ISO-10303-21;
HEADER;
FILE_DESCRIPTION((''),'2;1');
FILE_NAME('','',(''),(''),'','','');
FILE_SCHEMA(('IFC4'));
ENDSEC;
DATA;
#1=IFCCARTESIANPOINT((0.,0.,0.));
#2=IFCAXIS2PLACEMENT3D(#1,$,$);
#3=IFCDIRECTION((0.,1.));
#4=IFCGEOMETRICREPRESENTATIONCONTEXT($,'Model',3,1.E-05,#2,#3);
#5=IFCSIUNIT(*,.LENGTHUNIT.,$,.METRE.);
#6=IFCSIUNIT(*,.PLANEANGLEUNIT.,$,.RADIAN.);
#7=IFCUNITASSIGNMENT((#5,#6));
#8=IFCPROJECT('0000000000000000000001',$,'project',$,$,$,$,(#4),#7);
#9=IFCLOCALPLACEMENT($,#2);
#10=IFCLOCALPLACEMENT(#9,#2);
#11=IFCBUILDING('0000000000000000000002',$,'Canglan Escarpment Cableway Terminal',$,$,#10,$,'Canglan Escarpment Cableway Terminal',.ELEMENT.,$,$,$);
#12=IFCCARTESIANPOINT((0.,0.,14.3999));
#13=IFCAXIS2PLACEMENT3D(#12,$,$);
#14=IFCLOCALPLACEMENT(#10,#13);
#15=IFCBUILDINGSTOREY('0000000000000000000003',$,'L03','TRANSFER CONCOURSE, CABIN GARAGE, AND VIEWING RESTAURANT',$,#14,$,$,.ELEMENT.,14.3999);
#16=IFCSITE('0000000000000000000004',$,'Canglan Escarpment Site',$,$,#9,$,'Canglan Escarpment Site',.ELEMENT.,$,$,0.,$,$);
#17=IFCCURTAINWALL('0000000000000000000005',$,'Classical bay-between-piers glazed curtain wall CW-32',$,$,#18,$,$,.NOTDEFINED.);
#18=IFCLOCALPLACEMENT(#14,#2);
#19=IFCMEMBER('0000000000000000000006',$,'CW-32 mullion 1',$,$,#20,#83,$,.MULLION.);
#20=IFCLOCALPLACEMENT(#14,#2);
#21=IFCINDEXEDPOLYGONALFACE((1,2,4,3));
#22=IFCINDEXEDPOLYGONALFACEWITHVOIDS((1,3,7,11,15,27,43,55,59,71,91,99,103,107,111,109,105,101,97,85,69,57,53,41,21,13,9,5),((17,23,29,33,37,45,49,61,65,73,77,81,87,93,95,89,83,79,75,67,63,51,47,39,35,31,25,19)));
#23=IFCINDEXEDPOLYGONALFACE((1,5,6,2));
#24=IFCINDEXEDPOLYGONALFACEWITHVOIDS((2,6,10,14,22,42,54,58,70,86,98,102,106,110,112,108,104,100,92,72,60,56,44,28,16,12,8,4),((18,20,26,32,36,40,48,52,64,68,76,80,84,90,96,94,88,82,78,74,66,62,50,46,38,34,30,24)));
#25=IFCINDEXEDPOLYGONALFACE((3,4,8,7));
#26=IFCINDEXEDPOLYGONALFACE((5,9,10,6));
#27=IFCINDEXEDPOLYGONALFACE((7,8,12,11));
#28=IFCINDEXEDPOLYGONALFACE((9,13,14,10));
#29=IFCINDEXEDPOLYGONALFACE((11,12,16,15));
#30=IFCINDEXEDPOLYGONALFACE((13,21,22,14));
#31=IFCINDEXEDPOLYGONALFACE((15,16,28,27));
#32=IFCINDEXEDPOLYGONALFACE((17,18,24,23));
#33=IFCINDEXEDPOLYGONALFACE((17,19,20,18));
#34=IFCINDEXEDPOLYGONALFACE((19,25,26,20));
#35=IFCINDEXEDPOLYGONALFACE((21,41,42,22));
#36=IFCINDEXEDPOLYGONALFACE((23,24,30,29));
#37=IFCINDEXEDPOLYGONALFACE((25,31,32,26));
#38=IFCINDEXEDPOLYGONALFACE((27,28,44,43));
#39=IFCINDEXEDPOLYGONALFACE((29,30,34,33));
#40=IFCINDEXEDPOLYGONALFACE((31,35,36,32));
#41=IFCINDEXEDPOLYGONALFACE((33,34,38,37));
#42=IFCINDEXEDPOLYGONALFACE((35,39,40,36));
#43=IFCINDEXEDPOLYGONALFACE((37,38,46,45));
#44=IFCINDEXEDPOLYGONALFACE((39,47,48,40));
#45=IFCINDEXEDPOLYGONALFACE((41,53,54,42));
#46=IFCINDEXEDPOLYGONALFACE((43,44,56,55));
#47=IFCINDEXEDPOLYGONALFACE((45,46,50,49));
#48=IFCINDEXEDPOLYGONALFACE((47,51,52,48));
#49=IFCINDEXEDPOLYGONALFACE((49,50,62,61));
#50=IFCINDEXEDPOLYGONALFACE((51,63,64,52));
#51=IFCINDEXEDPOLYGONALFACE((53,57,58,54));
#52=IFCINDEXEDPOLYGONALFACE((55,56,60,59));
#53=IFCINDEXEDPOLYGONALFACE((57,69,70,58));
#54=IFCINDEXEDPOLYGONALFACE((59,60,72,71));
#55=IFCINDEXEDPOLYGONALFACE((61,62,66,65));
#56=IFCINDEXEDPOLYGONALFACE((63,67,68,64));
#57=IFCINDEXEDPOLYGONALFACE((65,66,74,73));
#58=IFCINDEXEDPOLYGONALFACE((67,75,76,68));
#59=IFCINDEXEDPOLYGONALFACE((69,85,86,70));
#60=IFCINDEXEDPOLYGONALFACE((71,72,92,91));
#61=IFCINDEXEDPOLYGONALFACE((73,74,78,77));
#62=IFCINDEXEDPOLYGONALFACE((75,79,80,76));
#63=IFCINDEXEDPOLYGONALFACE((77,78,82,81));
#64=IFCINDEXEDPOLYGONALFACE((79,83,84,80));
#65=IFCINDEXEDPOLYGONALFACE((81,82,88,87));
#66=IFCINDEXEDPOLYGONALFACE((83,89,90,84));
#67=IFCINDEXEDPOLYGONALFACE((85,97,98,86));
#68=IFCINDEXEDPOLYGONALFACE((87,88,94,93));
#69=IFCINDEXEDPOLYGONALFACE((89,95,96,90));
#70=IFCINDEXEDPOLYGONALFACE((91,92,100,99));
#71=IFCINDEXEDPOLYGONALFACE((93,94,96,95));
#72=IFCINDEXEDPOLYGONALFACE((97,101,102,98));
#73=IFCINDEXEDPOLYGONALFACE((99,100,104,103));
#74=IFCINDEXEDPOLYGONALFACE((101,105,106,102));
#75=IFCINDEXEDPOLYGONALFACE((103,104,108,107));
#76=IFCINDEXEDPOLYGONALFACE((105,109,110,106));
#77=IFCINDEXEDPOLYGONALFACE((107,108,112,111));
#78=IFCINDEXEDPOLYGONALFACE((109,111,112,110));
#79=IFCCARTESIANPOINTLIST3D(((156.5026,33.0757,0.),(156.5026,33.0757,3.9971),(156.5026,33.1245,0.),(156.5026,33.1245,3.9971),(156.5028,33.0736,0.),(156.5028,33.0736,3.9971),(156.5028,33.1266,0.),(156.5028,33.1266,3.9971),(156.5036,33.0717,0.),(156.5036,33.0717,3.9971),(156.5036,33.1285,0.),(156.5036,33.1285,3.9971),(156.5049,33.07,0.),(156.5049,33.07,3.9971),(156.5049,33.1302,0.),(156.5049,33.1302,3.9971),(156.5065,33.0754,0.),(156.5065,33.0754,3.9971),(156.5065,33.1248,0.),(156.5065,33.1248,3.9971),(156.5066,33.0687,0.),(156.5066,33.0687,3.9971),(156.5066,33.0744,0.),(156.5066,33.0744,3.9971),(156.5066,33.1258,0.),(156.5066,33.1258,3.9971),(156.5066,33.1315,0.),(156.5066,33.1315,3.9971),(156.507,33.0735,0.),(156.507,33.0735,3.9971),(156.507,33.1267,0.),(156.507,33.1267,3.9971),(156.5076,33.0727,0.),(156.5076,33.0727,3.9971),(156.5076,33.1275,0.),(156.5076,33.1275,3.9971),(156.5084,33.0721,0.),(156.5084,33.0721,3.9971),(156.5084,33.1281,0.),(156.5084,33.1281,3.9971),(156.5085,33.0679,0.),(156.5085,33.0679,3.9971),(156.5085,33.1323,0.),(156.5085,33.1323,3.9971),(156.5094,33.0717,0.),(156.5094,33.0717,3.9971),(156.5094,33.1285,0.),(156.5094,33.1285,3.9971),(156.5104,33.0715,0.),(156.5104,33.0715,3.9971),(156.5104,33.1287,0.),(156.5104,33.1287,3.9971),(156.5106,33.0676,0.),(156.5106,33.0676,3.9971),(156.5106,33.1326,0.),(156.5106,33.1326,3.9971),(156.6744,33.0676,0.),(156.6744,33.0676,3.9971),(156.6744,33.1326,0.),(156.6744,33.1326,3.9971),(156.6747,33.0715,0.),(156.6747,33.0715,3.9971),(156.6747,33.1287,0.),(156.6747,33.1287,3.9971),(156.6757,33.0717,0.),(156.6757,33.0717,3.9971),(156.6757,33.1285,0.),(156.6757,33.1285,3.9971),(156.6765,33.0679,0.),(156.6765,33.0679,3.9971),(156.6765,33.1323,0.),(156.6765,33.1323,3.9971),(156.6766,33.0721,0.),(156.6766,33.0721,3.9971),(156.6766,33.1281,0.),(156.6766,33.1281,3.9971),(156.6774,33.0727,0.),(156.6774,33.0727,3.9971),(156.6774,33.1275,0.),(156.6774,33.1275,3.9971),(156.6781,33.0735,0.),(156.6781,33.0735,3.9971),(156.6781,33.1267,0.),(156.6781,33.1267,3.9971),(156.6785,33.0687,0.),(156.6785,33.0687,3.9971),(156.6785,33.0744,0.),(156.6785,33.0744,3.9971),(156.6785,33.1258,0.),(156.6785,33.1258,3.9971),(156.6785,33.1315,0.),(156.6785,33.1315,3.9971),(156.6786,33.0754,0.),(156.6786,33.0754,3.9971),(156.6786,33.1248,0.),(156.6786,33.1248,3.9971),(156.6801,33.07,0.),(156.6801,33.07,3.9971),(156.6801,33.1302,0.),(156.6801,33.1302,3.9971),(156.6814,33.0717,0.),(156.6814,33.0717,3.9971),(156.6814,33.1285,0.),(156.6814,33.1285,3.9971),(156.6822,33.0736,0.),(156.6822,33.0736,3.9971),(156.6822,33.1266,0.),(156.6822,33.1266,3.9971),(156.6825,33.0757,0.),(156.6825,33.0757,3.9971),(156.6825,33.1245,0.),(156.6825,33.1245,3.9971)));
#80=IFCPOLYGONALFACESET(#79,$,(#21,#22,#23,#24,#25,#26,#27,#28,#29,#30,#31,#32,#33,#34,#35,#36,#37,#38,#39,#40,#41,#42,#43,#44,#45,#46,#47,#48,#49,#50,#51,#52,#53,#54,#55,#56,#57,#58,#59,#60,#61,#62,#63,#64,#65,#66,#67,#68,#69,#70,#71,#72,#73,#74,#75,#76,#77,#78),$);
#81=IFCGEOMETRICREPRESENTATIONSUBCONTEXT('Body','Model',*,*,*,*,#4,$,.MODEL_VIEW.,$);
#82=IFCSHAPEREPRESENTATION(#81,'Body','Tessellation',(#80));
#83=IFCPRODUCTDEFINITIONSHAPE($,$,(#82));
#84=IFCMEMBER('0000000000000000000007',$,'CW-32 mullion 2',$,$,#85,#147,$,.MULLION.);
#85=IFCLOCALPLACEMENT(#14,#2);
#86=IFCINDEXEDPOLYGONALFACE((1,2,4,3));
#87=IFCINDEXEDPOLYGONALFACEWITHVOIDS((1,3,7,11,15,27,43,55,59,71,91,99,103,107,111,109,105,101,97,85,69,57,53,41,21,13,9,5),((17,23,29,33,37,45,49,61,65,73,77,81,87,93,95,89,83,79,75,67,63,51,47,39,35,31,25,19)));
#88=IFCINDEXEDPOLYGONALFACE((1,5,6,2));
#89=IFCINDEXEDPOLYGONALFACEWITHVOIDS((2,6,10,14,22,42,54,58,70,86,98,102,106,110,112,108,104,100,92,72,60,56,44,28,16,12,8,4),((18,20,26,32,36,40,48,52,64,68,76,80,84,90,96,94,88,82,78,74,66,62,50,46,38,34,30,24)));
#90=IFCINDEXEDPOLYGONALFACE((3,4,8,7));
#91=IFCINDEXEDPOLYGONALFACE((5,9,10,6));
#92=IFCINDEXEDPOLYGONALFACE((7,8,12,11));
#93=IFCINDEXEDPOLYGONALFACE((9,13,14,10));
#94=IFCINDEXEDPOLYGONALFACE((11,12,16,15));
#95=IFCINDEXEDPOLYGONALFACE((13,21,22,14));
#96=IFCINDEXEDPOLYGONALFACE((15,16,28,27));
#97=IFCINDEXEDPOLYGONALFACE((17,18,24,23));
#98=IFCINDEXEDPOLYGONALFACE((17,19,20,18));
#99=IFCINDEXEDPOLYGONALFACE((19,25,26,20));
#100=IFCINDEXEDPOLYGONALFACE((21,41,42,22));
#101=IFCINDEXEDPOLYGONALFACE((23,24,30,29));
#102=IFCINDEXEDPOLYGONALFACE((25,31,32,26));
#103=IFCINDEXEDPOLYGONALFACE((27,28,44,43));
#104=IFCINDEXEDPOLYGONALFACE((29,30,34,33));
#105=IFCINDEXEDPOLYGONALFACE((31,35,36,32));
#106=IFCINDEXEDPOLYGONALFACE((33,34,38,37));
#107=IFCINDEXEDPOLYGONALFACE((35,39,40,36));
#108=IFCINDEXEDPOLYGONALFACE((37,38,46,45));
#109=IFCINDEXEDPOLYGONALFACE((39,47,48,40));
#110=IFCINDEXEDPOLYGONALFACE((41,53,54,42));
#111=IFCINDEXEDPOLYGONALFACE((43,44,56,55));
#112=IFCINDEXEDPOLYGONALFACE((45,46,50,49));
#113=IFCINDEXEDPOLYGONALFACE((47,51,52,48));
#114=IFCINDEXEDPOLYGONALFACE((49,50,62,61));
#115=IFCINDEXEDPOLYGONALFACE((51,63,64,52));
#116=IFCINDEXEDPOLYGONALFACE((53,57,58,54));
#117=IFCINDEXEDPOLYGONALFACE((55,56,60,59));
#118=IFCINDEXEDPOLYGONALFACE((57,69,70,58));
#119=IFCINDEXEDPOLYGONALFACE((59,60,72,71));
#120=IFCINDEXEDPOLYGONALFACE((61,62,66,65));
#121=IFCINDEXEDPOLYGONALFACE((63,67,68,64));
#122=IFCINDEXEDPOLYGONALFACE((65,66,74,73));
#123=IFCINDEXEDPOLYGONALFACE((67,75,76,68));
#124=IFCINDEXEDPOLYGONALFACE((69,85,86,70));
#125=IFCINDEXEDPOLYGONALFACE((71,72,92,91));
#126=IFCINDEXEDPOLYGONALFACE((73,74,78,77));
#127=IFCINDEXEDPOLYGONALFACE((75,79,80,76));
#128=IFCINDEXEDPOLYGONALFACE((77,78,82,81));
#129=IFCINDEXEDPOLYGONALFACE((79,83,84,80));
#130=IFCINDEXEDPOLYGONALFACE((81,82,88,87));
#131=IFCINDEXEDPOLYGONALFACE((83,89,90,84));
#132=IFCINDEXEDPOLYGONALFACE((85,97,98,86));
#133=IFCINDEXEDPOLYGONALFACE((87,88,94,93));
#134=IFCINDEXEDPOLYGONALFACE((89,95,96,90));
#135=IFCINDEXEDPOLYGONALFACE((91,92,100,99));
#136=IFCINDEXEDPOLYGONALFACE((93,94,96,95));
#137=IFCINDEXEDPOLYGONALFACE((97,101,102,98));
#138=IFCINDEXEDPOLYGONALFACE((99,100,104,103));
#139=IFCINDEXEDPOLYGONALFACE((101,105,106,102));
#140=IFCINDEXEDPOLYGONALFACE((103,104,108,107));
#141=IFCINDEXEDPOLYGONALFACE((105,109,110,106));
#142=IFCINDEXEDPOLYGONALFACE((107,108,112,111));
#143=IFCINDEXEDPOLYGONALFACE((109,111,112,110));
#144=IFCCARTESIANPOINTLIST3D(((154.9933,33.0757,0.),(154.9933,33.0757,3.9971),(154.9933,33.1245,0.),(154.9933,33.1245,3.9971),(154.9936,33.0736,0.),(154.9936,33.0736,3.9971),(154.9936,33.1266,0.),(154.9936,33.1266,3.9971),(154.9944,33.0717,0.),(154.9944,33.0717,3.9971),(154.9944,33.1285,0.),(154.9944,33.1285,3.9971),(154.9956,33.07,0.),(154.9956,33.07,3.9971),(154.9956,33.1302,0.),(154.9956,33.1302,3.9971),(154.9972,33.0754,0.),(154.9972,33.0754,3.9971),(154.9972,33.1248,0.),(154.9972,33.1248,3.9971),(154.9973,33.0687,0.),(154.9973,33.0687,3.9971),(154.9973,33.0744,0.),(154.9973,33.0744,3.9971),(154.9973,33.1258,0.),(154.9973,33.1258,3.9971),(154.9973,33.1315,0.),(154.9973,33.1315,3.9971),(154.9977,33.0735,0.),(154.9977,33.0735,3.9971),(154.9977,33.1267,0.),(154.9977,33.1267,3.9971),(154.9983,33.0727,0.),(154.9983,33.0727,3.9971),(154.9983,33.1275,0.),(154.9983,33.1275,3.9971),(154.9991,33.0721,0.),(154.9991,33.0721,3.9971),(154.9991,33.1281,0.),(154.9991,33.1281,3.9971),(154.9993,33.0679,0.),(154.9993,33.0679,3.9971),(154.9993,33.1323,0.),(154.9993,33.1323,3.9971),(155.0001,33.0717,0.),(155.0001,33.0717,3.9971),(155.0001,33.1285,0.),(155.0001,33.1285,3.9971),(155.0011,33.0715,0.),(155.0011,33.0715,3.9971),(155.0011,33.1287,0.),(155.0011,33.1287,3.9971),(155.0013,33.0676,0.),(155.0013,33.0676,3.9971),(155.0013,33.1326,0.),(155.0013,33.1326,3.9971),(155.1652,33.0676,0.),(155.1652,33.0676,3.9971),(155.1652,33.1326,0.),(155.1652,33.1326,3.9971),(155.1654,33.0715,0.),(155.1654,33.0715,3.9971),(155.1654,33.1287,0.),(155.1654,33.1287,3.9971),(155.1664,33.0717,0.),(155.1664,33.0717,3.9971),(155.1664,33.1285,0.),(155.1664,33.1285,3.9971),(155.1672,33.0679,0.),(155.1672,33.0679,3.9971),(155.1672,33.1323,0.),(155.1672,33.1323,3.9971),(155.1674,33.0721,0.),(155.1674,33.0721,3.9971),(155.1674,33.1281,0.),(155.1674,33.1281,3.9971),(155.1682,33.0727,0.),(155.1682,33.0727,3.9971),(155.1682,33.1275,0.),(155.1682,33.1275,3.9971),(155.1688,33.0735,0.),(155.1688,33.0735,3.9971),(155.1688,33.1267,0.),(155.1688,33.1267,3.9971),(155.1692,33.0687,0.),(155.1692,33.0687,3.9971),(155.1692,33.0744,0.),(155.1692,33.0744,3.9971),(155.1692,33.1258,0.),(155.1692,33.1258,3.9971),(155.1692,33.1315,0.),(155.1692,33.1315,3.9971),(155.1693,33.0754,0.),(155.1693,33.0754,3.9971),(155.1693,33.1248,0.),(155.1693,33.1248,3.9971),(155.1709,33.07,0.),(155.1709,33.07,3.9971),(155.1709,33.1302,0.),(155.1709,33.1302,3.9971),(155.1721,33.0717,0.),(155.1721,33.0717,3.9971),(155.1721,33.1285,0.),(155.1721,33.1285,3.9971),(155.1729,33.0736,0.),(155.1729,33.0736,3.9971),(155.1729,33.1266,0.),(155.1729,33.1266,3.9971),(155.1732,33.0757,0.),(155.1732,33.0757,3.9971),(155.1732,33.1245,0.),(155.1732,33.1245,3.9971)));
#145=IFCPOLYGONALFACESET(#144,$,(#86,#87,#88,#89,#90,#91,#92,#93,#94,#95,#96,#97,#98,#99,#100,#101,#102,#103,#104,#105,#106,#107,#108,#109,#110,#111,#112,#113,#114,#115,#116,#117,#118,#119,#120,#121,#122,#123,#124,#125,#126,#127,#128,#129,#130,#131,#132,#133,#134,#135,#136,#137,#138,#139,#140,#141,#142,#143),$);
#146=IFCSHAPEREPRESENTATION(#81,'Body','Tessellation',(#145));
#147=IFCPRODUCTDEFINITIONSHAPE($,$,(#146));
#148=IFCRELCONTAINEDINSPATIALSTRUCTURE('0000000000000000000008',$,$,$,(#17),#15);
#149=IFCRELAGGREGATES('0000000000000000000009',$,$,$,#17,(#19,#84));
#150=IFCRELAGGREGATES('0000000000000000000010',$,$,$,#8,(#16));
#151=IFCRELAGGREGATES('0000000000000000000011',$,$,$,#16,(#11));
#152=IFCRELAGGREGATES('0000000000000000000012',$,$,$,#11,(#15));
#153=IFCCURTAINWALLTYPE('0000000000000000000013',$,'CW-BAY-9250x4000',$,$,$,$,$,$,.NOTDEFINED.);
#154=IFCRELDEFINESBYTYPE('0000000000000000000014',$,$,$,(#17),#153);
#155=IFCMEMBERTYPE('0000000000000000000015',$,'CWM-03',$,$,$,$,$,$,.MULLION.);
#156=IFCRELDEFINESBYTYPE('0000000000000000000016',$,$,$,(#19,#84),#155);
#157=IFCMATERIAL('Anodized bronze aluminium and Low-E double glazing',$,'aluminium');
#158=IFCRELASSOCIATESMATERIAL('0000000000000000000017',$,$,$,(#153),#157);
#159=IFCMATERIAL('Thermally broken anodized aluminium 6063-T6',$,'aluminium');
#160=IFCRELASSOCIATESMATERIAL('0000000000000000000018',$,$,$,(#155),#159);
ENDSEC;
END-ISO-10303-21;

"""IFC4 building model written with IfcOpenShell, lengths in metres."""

from ifc_helpers import new_model, si_unit, direction, frame, origin, origin_2d, place, context, subcontext, project, spatial, hollow_rectangle, extrude, material, material_profile, profile_set, type_object, element, aggregate, save


model = new_model("IFC4")

# Units and contexts
model_context = context("Model", 3, precision=1e-05, world=origin(), true_north=direction((0.0, 1.0)))
body_context = subcontext(model_context, "Body", "Model", "MODEL_VIEW")
ifc_project = project(units=[si_unit("LENGTHUNIT", "METRE"), si_unit("PLANEANGLEUNIT", "RADIAN")], contexts=[model_context])

# Site, building, storey
site_placement = place(None, origin())
site = spatial("IfcSite", under=ifc_project, at=site_placement, Name="Canglan Escarpment Site", LongName="Canglan Escarpment Site", CompositionType="ELEMENT", RefElevation=0.0)
building_placement = place(site_placement, origin())
building = spatial("IfcBuilding", under=site, at=building_placement, Name="Canglan Escarpment Cableway Terminal", LongName="Canglan Escarpment Cableway Terminal", CompositionType="ELEMENT")
storey_placement = place(building_placement, frame((0.0, 0.0, 14.3999)))
storey = spatial("IfcBuildingStorey", under=building, at=storey_placement, Name="L03", Description="TRANSFER CONCOURSE, CABIN GARAGE, AND VIEWING RESTAURANT", CompositionType="ELEMENT", Elevation=14.3999)

# Curtain wall, members
ifc_material_1 = material(Name="Anodized bronze aluminium and Low-E double glazing", Category="aluminium")
curtain_wall_type = type_object("IfcCurtainWallType", Name="CW-BAY-9250x4000", PredefinedType="NOTDEFINED", material=ifc_material_1)
curtain_wall_placement = place(storey_placement, origin())
curtain_wall = element("IfcCurtainWall", 1, at=curtain_wall_placement, inside=storey, type_object=curtain_wall_type, Name="Classical bay-between-piers glazed curtain wall CW-32", PredefinedType="NOTDEFINED")
ifc_material_2 = material(Name="Thermally broken anodized aluminium 6063-T6", Category="aluminium")
ifc_material_profile_1 = material_profile(ifc_material_2, hollow_rectangle(XDim=0.0649, YDim=0.1799, WallThickness=0.0039, InnerFilletRadius=0.0039, OuterFilletRadius=0.0081, at=origin_2d()), Name="ALU-MULL 65x180x4")
ifc_profile_set_1 = profile_set([ifc_material_profile_1], Name="Thermally broken anodized aluminium 6063-T6")
member_type_1 = type_object("IfcMemberType", Name="CWM-03", PredefinedType="MULLION", material=ifc_profile_set_1)
member_1_placement = place(storey_placement, frame((156.5925, 33.1001, 0.0), z_axis=(0.0, 0.0, 1.0), x_axis=(0.0, -1.0, 0.0)))
member_1 = element("IfcMember", 2, at=member_1_placement, type_object=member_type_1, Name="CW-32 mullion 1", PredefinedType="MULLION", context=body_context, shape_type="SweptSolid", body=[
    extrude(hollow_rectangle(XDim=0.0649, YDim=0.1799, WallThickness=0.0039, InnerFilletRadius=0.0039, OuterFilletRadius=0.0081, at=origin_2d()), origin(), (0.0, 0.0, 1.0), 3.9971),
])
member_2_placement = place(storey_placement, frame((155.0833, 33.1001, 0.0), z_axis=(0.0, 0.0, 1.0), x_axis=(0.0, -1.0, 0.0)))
member_2 = element("IfcMember", 3, at=member_2_placement, type_object=member_type_1, Name="CW-32 mullion 2", PredefinedType="MULLION", context=body_context, shape_type="SweptSolid", body=[
    extrude(hollow_rectangle(XDim=0.0649, YDim=0.1799, WallThickness=0.0039, InnerFilletRadius=0.0039, OuterFilletRadius=0.0081, at=origin_2d()), origin(), (0.0, 0.0, 1.0), 3.9971),
])
aggregate(curtain_wall, [member_1, member_2])

save(model, "model.ifc")
